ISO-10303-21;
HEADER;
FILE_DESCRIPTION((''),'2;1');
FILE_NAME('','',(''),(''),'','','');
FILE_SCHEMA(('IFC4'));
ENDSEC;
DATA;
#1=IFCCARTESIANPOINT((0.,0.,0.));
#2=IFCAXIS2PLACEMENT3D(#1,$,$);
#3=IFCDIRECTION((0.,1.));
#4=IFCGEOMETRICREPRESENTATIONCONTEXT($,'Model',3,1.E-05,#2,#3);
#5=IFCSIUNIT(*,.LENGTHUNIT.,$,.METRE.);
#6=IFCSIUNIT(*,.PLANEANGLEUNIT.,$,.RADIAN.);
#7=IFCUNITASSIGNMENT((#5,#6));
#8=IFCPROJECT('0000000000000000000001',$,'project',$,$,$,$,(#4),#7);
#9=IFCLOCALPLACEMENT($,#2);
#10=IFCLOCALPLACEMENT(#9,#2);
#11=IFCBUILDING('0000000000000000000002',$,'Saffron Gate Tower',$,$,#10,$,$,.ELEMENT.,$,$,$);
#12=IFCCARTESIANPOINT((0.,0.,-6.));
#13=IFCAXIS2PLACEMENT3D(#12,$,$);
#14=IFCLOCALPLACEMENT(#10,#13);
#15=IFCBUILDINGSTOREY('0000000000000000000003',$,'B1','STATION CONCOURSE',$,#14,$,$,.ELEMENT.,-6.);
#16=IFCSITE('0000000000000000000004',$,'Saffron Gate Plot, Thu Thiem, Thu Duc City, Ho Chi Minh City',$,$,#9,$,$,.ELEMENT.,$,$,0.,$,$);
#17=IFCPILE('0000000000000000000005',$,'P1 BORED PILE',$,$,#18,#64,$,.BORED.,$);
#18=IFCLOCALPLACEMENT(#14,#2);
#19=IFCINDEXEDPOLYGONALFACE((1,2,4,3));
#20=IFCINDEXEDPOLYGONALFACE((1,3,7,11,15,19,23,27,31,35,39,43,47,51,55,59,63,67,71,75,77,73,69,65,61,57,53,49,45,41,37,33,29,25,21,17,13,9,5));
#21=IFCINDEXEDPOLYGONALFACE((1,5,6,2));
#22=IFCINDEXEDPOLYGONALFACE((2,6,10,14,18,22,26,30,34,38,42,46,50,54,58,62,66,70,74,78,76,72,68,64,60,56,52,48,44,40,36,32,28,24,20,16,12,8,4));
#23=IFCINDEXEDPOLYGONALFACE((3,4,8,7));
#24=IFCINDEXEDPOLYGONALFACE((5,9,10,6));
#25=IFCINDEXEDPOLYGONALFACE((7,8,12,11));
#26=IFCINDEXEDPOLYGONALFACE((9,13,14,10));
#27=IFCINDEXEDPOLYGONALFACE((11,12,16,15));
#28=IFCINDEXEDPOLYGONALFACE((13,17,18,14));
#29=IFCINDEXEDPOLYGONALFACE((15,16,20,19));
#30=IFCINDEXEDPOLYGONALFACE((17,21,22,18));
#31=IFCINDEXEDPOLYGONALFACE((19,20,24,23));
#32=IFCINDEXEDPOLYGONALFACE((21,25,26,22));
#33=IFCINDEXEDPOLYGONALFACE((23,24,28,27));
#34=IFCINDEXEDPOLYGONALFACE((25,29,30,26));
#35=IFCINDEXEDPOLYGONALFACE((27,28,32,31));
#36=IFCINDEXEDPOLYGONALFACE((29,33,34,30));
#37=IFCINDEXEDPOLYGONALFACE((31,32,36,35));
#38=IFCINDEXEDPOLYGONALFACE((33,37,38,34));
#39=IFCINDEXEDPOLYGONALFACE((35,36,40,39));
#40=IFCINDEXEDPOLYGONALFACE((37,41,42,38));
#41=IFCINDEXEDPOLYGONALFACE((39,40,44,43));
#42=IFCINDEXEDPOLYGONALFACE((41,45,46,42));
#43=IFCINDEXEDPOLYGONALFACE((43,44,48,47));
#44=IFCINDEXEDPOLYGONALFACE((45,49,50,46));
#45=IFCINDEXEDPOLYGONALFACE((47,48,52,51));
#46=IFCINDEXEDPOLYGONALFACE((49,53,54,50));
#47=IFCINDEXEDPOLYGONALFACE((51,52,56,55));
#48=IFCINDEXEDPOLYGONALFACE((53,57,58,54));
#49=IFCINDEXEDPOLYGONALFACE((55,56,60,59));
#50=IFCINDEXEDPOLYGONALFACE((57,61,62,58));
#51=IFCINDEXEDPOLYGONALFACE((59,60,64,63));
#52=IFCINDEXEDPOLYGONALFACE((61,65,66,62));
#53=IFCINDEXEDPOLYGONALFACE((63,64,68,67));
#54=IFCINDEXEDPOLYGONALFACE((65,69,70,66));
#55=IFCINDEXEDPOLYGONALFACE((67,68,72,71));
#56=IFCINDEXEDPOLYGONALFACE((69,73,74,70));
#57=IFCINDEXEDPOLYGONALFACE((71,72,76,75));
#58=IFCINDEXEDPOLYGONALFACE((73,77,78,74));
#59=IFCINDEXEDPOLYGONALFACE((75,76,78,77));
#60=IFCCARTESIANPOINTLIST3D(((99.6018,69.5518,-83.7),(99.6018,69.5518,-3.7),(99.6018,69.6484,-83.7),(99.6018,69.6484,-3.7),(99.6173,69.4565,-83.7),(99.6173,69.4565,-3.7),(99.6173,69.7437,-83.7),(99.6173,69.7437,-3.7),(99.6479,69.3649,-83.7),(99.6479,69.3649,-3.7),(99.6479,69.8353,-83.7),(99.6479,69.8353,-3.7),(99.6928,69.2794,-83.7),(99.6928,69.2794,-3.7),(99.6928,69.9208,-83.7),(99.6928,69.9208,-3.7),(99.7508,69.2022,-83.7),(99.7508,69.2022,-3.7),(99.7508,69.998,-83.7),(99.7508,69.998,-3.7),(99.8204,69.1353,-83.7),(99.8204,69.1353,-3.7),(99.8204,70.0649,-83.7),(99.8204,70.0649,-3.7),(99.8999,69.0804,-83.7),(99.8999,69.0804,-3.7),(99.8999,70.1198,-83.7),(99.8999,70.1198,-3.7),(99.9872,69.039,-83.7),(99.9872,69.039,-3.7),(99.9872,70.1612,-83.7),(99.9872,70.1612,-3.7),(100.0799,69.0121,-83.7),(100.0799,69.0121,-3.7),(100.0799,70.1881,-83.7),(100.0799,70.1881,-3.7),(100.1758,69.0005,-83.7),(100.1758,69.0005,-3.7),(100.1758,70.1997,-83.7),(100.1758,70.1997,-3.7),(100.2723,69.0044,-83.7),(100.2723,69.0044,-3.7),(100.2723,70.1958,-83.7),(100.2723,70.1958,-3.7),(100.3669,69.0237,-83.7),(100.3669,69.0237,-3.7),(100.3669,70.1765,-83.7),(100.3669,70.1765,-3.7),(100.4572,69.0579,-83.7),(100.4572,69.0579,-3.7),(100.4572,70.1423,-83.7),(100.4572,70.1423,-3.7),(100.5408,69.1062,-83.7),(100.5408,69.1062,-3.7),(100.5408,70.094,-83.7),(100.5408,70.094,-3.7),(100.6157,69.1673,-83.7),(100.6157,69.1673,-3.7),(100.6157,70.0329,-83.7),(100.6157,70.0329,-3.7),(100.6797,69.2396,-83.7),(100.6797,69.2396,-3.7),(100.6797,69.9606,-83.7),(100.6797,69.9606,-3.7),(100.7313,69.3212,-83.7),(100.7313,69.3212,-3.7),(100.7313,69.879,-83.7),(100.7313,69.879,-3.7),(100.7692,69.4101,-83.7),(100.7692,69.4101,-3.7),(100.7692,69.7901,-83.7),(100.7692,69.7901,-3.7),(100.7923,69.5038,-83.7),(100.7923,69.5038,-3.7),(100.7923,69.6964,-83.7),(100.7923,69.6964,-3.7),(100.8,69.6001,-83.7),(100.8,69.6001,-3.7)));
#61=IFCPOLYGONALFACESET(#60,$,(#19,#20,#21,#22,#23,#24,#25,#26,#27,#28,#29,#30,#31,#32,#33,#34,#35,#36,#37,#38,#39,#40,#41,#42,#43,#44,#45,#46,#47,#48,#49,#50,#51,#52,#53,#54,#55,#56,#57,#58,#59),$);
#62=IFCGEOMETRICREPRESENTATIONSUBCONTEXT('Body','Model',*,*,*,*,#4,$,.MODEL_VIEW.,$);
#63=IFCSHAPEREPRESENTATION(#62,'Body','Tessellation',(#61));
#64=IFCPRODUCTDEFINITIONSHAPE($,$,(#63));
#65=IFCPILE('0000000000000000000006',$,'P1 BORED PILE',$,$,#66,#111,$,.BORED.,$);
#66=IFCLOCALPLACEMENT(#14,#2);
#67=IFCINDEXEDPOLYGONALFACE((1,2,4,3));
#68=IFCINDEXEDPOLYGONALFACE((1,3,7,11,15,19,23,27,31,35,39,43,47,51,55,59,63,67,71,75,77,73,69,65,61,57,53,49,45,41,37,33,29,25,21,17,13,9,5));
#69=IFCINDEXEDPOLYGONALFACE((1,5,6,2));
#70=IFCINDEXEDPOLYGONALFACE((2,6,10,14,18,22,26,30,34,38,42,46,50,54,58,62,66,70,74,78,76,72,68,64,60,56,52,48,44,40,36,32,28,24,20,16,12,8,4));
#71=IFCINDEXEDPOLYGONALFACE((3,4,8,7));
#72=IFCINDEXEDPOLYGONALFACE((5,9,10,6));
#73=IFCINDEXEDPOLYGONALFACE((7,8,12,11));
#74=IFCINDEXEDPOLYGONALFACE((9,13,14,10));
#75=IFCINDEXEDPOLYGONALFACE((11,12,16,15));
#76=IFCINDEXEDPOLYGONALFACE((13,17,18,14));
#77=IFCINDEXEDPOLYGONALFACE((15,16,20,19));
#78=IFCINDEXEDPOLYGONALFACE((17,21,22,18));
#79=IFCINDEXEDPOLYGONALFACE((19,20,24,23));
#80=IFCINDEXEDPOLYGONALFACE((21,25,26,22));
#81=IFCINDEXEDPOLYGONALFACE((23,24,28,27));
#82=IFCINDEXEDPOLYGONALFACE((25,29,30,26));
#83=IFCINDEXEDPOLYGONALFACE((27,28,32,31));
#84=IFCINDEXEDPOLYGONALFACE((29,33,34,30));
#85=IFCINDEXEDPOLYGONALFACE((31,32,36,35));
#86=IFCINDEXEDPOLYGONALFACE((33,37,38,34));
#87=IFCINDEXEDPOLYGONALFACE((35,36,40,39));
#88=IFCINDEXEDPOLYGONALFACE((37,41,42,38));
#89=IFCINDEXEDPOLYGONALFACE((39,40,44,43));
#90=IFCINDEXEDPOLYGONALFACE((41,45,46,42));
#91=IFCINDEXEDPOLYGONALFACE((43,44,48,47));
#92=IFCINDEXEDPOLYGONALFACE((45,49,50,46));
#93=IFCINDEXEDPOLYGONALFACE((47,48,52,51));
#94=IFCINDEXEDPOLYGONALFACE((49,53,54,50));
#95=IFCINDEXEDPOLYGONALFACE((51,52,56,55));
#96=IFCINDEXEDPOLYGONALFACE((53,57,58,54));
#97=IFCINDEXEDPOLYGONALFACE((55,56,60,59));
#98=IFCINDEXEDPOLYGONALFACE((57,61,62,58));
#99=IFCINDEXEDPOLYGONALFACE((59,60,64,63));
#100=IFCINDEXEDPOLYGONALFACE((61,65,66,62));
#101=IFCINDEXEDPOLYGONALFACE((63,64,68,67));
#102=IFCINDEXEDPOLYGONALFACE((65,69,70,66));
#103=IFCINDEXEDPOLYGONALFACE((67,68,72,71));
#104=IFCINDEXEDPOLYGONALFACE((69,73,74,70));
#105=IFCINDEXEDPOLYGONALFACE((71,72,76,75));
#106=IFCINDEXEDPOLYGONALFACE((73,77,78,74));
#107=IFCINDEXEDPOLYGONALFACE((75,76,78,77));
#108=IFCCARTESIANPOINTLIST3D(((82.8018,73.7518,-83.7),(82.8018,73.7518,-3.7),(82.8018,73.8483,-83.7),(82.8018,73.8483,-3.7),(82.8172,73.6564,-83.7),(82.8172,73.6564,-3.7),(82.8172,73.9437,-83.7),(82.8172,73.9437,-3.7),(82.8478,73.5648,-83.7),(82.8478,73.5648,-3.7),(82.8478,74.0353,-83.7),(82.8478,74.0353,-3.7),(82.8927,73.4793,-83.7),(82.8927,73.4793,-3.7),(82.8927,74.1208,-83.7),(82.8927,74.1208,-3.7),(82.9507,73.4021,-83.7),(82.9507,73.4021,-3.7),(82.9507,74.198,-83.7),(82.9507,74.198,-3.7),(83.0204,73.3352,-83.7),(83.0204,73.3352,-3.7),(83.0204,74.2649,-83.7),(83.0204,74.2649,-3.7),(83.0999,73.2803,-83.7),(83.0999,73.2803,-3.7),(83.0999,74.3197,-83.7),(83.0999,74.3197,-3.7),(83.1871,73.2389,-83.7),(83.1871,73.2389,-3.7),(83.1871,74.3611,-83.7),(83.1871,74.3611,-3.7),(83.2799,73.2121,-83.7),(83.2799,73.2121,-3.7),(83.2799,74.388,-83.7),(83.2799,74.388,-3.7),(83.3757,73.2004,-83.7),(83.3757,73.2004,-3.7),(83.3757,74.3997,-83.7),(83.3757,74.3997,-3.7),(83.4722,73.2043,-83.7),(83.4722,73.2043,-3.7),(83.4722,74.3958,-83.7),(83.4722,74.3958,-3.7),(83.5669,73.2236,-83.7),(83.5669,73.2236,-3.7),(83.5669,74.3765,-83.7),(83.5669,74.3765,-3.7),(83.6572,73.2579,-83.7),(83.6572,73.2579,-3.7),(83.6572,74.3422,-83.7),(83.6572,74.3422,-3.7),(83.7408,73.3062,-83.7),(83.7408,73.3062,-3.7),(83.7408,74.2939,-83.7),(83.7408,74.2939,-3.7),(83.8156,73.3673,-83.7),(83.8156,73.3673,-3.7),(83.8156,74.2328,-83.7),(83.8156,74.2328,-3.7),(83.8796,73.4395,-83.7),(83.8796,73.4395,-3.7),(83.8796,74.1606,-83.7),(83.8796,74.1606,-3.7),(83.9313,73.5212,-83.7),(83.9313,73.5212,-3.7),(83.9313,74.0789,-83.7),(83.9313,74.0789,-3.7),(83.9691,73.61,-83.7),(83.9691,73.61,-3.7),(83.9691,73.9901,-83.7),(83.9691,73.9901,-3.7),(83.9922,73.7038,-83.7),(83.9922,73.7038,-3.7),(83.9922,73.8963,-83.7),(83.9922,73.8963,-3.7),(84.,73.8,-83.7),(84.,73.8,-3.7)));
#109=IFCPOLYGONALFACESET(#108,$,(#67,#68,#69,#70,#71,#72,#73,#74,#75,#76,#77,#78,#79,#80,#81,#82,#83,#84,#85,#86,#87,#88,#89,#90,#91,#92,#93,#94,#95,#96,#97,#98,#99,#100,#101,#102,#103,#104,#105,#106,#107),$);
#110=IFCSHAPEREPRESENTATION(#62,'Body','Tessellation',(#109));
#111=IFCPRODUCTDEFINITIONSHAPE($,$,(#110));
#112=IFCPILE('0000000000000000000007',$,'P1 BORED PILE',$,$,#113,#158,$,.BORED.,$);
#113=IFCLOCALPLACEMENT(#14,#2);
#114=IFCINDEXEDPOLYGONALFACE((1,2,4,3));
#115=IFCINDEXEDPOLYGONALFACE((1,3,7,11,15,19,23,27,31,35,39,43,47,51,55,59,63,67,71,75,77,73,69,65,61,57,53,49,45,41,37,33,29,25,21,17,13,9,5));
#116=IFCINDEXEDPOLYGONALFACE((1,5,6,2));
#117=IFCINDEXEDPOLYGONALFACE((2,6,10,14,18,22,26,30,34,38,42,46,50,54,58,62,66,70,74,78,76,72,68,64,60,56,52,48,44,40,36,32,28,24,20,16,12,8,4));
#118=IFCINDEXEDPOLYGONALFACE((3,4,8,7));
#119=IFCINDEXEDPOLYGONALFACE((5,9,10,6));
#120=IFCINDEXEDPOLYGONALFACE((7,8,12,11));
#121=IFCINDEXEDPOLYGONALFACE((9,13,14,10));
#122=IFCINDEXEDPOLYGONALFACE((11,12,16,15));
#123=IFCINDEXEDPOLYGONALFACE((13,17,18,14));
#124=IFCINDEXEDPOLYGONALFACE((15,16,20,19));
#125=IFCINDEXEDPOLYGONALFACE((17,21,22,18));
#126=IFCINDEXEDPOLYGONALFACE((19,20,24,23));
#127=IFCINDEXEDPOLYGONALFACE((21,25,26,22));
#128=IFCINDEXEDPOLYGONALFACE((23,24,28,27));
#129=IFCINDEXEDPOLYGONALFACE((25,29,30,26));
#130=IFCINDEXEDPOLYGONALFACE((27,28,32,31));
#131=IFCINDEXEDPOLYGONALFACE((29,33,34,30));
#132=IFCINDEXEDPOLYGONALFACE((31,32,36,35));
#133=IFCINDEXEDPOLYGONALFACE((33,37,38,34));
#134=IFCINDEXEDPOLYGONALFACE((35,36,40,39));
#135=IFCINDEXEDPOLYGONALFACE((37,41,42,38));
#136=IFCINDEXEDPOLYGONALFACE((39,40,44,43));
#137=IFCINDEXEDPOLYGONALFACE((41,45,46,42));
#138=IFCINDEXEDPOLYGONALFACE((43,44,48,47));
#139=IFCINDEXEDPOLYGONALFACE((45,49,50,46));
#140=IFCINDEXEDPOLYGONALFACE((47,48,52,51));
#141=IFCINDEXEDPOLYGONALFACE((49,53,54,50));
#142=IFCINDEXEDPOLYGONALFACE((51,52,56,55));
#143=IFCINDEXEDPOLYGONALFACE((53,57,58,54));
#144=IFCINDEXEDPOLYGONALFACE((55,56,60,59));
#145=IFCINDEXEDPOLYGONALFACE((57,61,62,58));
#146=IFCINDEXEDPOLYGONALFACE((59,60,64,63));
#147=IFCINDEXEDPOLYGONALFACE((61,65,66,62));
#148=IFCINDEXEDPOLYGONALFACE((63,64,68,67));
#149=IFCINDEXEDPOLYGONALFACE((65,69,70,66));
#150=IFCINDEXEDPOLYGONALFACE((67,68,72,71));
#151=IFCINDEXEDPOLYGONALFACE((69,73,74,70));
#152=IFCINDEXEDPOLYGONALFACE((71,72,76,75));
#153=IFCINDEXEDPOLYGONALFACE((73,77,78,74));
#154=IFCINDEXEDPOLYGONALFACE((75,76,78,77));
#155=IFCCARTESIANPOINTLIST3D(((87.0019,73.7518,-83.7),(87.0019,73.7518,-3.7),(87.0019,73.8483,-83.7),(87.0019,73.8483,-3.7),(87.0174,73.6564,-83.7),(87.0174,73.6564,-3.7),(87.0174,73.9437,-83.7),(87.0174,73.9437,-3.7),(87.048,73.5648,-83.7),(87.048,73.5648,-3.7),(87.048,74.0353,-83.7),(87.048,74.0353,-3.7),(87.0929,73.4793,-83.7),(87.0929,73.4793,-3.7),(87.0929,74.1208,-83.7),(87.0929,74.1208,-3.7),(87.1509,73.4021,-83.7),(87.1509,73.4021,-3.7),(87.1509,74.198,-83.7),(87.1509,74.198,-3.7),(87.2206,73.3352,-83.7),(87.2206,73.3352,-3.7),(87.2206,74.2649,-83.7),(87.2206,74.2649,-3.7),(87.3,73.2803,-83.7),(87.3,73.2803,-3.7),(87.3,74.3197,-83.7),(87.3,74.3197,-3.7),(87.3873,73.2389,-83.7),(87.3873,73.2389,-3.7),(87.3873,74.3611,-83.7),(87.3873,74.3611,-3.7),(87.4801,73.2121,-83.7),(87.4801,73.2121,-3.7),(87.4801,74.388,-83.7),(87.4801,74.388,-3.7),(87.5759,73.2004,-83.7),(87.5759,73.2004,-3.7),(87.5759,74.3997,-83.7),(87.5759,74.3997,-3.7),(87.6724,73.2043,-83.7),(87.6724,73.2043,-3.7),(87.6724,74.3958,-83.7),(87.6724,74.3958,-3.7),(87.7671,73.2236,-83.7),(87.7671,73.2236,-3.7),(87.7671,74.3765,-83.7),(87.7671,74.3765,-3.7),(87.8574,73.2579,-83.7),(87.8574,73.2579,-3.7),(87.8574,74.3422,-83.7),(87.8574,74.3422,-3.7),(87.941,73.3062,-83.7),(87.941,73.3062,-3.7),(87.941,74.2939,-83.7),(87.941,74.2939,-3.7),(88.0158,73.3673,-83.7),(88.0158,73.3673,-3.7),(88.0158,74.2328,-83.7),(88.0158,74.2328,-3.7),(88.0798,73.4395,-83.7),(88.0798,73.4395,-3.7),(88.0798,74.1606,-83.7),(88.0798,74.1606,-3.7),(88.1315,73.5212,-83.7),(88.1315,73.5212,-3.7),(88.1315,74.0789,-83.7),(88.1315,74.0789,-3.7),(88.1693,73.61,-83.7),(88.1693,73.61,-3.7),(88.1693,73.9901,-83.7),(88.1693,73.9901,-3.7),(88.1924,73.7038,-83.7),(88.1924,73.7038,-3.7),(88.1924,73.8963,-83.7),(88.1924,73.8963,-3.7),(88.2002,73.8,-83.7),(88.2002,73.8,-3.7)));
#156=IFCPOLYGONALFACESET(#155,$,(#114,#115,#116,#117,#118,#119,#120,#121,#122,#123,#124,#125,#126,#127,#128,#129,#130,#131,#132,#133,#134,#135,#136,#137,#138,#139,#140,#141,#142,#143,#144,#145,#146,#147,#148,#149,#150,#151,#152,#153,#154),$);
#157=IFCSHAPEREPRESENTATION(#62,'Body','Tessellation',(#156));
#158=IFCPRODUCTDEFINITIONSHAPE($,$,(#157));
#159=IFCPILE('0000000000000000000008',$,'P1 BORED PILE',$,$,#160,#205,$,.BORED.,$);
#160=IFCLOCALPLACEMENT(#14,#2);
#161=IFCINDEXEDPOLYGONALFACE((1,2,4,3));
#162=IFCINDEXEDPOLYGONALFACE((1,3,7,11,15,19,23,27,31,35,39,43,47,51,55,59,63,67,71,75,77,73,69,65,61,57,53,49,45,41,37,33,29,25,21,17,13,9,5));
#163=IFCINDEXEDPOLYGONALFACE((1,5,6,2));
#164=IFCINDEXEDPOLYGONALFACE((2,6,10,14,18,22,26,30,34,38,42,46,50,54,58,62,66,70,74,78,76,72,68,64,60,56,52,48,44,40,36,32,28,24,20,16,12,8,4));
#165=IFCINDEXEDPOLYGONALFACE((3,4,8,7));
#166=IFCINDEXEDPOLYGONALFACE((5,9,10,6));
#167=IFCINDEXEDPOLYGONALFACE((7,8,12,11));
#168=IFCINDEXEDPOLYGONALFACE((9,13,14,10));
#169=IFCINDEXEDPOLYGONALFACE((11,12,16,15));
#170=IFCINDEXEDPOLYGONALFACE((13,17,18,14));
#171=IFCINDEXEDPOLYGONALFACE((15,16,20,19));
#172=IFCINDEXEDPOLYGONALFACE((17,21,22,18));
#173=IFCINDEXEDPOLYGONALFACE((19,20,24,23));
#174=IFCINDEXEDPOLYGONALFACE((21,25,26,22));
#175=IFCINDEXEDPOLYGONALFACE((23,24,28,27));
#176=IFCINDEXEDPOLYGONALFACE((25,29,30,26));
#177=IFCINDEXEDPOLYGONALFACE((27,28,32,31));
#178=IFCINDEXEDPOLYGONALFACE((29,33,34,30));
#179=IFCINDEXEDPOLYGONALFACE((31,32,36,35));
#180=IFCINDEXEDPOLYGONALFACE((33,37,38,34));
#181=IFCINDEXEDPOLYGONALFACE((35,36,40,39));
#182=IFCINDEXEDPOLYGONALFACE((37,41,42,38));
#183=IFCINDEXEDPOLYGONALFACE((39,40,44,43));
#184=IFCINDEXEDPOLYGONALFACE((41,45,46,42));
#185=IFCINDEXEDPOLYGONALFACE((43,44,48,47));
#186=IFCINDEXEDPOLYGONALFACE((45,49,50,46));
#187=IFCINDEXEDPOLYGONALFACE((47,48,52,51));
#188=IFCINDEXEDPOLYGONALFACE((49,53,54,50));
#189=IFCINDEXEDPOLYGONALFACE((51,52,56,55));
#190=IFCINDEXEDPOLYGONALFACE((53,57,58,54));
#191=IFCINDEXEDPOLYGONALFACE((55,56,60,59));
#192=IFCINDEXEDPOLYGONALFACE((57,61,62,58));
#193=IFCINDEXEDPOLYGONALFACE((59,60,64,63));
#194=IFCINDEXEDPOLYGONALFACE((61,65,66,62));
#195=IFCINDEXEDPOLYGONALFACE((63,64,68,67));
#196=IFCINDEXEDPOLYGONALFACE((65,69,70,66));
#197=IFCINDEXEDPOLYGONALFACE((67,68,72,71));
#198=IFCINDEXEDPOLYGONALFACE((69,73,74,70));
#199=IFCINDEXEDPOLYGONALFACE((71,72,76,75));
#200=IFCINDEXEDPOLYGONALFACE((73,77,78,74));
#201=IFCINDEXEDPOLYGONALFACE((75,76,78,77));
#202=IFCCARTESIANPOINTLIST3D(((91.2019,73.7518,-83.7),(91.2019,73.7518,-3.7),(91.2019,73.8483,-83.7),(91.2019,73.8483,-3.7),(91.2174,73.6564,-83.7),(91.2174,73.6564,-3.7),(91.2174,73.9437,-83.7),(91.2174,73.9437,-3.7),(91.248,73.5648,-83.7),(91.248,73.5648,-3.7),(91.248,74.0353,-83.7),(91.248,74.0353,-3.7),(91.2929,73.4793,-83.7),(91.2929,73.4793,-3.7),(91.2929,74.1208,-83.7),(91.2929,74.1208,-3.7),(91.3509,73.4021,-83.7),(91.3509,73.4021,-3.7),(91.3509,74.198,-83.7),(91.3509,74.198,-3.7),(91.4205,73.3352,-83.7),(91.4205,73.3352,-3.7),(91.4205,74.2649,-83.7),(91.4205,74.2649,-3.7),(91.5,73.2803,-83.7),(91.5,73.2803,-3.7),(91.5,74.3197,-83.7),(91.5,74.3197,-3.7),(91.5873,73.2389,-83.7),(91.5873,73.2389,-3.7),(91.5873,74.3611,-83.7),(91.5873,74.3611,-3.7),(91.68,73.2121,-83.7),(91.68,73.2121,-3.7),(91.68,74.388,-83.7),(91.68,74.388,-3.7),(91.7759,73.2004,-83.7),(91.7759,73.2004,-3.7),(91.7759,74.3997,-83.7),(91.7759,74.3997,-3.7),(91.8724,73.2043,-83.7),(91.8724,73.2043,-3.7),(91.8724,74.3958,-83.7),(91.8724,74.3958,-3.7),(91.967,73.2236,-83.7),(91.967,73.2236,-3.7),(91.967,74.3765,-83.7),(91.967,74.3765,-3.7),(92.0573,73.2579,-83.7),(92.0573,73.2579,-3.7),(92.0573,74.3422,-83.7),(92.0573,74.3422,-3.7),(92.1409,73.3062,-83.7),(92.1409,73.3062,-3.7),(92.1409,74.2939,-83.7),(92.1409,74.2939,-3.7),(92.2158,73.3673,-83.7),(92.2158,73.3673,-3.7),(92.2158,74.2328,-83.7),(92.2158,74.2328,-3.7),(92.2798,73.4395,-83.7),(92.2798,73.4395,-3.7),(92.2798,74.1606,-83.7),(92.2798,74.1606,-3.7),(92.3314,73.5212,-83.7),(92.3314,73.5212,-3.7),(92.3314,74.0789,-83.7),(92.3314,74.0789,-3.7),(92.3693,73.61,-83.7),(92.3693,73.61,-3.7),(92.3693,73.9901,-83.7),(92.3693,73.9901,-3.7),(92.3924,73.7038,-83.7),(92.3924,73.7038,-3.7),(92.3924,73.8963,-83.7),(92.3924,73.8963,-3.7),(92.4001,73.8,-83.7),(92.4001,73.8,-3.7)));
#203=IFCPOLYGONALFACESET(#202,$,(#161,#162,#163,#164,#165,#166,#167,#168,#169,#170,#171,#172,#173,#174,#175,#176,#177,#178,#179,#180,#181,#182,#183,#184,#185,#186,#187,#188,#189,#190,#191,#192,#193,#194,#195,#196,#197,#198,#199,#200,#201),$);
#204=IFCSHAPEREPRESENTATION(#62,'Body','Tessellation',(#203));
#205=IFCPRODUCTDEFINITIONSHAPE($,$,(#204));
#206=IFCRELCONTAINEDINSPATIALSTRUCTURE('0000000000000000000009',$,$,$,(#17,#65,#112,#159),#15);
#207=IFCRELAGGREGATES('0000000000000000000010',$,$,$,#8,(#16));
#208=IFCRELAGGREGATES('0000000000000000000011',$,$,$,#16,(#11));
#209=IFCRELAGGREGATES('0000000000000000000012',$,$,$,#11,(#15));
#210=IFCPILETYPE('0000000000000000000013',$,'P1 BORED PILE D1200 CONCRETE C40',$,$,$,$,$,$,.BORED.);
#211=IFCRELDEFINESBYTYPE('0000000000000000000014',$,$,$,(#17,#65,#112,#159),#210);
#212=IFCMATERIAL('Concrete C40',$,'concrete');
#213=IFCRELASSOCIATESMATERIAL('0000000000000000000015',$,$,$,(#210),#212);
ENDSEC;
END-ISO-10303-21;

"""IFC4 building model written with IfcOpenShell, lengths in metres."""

from ifc_helpers import new_model, si_unit, direction, frame, origin, origin_2d, place, context, subcontext, project, spatial, circle, extrude, material, material_profile, profile_set, type_object, element, save


model = new_model("IFC4")

# Units and contexts
model_context = context("Model", 3, precision=1e-05, world=origin(), true_north=direction((0.0, 1.0)))
body_context = subcontext(model_context, "Body", "Model", "MODEL_VIEW")
ifc_project = project(units=[si_unit("LENGTHUNIT", "METRE"), si_unit("PLANEANGLEUNIT", "RADIAN")], contexts=[model_context])

# Site, building, storey
site_placement = place(None, origin())
site = spatial("IfcSite", under=ifc_project, at=site_placement, Name="Saffron Gate Plot, Thu Thiem, Thu Duc City, Ho Chi Minh City", CompositionType="ELEMENT", RefElevation=0.0)
building_placement = place(site_placement, origin())
building = spatial("IfcBuilding", under=site, at=building_placement, Name="Saffron Gate Tower", CompositionType="ELEMENT")
storey_placement = place(building_placement, frame((0.0, 0.0, -6.0)))
storey = spatial("IfcBuildingStorey", under=building, at=storey_placement, Name="B1", Description="STATION CONCOURSE", CompositionType="ELEMENT", Elevation=-6.0)

# Piles
ifc_material_1 = material(Name="Concrete C40", Category="concrete")
ifc_material_profile_1 = material_profile(ifc_material_1, circle(Radius=0.6001, at=origin_2d()))
ifc_profile_set_1 = profile_set([ifc_material_profile_1], Name="Concrete C40")
pile_type_1 = type_object("IfcPileType", Name="P1 BORED PILE D1200 CONCRETE C40", PredefinedType="BORED", material=ifc_profile_set_1)
for number, where, z_axis, x_axis, name in (
    (1, (100.2, 69.6001, -3.7), (0.0, 0.0, -1.0), (1.0, 0.0, 0.0), "P1 BORED PILE"),
    (2, (83.3999, 73.8, -3.7), (0.0, 0.0, -1.0), (1.0, 0.0, 0.0), "P1 BORED PILE"),
    (3, (87.6001, 73.8, -3.7), (0.0, 0.0, -1.0), (1.0, 0.0, 0.0), "P1 BORED PILE"),
    (4, (91.8, 73.8, -3.7), (0.0, 0.0, -1.0), (1.0, 0.0, 0.0), "P1 BORED PILE"),
):
    element("IfcPile", number, at=place(storey_placement, frame(where, z_axis=z_axis, x_axis=x_axis)), inside=storey, type_object=pile_type_1, Name=name, PredefinedType="BORED", context=body_context, shape_type="SweptSolid", body=[
        extrude(circle(Radius=0.6001, at=origin_2d()), origin(), (0.0, 0.0, 1.0), 80.0),
    ])

save(model, "model.ifc")
